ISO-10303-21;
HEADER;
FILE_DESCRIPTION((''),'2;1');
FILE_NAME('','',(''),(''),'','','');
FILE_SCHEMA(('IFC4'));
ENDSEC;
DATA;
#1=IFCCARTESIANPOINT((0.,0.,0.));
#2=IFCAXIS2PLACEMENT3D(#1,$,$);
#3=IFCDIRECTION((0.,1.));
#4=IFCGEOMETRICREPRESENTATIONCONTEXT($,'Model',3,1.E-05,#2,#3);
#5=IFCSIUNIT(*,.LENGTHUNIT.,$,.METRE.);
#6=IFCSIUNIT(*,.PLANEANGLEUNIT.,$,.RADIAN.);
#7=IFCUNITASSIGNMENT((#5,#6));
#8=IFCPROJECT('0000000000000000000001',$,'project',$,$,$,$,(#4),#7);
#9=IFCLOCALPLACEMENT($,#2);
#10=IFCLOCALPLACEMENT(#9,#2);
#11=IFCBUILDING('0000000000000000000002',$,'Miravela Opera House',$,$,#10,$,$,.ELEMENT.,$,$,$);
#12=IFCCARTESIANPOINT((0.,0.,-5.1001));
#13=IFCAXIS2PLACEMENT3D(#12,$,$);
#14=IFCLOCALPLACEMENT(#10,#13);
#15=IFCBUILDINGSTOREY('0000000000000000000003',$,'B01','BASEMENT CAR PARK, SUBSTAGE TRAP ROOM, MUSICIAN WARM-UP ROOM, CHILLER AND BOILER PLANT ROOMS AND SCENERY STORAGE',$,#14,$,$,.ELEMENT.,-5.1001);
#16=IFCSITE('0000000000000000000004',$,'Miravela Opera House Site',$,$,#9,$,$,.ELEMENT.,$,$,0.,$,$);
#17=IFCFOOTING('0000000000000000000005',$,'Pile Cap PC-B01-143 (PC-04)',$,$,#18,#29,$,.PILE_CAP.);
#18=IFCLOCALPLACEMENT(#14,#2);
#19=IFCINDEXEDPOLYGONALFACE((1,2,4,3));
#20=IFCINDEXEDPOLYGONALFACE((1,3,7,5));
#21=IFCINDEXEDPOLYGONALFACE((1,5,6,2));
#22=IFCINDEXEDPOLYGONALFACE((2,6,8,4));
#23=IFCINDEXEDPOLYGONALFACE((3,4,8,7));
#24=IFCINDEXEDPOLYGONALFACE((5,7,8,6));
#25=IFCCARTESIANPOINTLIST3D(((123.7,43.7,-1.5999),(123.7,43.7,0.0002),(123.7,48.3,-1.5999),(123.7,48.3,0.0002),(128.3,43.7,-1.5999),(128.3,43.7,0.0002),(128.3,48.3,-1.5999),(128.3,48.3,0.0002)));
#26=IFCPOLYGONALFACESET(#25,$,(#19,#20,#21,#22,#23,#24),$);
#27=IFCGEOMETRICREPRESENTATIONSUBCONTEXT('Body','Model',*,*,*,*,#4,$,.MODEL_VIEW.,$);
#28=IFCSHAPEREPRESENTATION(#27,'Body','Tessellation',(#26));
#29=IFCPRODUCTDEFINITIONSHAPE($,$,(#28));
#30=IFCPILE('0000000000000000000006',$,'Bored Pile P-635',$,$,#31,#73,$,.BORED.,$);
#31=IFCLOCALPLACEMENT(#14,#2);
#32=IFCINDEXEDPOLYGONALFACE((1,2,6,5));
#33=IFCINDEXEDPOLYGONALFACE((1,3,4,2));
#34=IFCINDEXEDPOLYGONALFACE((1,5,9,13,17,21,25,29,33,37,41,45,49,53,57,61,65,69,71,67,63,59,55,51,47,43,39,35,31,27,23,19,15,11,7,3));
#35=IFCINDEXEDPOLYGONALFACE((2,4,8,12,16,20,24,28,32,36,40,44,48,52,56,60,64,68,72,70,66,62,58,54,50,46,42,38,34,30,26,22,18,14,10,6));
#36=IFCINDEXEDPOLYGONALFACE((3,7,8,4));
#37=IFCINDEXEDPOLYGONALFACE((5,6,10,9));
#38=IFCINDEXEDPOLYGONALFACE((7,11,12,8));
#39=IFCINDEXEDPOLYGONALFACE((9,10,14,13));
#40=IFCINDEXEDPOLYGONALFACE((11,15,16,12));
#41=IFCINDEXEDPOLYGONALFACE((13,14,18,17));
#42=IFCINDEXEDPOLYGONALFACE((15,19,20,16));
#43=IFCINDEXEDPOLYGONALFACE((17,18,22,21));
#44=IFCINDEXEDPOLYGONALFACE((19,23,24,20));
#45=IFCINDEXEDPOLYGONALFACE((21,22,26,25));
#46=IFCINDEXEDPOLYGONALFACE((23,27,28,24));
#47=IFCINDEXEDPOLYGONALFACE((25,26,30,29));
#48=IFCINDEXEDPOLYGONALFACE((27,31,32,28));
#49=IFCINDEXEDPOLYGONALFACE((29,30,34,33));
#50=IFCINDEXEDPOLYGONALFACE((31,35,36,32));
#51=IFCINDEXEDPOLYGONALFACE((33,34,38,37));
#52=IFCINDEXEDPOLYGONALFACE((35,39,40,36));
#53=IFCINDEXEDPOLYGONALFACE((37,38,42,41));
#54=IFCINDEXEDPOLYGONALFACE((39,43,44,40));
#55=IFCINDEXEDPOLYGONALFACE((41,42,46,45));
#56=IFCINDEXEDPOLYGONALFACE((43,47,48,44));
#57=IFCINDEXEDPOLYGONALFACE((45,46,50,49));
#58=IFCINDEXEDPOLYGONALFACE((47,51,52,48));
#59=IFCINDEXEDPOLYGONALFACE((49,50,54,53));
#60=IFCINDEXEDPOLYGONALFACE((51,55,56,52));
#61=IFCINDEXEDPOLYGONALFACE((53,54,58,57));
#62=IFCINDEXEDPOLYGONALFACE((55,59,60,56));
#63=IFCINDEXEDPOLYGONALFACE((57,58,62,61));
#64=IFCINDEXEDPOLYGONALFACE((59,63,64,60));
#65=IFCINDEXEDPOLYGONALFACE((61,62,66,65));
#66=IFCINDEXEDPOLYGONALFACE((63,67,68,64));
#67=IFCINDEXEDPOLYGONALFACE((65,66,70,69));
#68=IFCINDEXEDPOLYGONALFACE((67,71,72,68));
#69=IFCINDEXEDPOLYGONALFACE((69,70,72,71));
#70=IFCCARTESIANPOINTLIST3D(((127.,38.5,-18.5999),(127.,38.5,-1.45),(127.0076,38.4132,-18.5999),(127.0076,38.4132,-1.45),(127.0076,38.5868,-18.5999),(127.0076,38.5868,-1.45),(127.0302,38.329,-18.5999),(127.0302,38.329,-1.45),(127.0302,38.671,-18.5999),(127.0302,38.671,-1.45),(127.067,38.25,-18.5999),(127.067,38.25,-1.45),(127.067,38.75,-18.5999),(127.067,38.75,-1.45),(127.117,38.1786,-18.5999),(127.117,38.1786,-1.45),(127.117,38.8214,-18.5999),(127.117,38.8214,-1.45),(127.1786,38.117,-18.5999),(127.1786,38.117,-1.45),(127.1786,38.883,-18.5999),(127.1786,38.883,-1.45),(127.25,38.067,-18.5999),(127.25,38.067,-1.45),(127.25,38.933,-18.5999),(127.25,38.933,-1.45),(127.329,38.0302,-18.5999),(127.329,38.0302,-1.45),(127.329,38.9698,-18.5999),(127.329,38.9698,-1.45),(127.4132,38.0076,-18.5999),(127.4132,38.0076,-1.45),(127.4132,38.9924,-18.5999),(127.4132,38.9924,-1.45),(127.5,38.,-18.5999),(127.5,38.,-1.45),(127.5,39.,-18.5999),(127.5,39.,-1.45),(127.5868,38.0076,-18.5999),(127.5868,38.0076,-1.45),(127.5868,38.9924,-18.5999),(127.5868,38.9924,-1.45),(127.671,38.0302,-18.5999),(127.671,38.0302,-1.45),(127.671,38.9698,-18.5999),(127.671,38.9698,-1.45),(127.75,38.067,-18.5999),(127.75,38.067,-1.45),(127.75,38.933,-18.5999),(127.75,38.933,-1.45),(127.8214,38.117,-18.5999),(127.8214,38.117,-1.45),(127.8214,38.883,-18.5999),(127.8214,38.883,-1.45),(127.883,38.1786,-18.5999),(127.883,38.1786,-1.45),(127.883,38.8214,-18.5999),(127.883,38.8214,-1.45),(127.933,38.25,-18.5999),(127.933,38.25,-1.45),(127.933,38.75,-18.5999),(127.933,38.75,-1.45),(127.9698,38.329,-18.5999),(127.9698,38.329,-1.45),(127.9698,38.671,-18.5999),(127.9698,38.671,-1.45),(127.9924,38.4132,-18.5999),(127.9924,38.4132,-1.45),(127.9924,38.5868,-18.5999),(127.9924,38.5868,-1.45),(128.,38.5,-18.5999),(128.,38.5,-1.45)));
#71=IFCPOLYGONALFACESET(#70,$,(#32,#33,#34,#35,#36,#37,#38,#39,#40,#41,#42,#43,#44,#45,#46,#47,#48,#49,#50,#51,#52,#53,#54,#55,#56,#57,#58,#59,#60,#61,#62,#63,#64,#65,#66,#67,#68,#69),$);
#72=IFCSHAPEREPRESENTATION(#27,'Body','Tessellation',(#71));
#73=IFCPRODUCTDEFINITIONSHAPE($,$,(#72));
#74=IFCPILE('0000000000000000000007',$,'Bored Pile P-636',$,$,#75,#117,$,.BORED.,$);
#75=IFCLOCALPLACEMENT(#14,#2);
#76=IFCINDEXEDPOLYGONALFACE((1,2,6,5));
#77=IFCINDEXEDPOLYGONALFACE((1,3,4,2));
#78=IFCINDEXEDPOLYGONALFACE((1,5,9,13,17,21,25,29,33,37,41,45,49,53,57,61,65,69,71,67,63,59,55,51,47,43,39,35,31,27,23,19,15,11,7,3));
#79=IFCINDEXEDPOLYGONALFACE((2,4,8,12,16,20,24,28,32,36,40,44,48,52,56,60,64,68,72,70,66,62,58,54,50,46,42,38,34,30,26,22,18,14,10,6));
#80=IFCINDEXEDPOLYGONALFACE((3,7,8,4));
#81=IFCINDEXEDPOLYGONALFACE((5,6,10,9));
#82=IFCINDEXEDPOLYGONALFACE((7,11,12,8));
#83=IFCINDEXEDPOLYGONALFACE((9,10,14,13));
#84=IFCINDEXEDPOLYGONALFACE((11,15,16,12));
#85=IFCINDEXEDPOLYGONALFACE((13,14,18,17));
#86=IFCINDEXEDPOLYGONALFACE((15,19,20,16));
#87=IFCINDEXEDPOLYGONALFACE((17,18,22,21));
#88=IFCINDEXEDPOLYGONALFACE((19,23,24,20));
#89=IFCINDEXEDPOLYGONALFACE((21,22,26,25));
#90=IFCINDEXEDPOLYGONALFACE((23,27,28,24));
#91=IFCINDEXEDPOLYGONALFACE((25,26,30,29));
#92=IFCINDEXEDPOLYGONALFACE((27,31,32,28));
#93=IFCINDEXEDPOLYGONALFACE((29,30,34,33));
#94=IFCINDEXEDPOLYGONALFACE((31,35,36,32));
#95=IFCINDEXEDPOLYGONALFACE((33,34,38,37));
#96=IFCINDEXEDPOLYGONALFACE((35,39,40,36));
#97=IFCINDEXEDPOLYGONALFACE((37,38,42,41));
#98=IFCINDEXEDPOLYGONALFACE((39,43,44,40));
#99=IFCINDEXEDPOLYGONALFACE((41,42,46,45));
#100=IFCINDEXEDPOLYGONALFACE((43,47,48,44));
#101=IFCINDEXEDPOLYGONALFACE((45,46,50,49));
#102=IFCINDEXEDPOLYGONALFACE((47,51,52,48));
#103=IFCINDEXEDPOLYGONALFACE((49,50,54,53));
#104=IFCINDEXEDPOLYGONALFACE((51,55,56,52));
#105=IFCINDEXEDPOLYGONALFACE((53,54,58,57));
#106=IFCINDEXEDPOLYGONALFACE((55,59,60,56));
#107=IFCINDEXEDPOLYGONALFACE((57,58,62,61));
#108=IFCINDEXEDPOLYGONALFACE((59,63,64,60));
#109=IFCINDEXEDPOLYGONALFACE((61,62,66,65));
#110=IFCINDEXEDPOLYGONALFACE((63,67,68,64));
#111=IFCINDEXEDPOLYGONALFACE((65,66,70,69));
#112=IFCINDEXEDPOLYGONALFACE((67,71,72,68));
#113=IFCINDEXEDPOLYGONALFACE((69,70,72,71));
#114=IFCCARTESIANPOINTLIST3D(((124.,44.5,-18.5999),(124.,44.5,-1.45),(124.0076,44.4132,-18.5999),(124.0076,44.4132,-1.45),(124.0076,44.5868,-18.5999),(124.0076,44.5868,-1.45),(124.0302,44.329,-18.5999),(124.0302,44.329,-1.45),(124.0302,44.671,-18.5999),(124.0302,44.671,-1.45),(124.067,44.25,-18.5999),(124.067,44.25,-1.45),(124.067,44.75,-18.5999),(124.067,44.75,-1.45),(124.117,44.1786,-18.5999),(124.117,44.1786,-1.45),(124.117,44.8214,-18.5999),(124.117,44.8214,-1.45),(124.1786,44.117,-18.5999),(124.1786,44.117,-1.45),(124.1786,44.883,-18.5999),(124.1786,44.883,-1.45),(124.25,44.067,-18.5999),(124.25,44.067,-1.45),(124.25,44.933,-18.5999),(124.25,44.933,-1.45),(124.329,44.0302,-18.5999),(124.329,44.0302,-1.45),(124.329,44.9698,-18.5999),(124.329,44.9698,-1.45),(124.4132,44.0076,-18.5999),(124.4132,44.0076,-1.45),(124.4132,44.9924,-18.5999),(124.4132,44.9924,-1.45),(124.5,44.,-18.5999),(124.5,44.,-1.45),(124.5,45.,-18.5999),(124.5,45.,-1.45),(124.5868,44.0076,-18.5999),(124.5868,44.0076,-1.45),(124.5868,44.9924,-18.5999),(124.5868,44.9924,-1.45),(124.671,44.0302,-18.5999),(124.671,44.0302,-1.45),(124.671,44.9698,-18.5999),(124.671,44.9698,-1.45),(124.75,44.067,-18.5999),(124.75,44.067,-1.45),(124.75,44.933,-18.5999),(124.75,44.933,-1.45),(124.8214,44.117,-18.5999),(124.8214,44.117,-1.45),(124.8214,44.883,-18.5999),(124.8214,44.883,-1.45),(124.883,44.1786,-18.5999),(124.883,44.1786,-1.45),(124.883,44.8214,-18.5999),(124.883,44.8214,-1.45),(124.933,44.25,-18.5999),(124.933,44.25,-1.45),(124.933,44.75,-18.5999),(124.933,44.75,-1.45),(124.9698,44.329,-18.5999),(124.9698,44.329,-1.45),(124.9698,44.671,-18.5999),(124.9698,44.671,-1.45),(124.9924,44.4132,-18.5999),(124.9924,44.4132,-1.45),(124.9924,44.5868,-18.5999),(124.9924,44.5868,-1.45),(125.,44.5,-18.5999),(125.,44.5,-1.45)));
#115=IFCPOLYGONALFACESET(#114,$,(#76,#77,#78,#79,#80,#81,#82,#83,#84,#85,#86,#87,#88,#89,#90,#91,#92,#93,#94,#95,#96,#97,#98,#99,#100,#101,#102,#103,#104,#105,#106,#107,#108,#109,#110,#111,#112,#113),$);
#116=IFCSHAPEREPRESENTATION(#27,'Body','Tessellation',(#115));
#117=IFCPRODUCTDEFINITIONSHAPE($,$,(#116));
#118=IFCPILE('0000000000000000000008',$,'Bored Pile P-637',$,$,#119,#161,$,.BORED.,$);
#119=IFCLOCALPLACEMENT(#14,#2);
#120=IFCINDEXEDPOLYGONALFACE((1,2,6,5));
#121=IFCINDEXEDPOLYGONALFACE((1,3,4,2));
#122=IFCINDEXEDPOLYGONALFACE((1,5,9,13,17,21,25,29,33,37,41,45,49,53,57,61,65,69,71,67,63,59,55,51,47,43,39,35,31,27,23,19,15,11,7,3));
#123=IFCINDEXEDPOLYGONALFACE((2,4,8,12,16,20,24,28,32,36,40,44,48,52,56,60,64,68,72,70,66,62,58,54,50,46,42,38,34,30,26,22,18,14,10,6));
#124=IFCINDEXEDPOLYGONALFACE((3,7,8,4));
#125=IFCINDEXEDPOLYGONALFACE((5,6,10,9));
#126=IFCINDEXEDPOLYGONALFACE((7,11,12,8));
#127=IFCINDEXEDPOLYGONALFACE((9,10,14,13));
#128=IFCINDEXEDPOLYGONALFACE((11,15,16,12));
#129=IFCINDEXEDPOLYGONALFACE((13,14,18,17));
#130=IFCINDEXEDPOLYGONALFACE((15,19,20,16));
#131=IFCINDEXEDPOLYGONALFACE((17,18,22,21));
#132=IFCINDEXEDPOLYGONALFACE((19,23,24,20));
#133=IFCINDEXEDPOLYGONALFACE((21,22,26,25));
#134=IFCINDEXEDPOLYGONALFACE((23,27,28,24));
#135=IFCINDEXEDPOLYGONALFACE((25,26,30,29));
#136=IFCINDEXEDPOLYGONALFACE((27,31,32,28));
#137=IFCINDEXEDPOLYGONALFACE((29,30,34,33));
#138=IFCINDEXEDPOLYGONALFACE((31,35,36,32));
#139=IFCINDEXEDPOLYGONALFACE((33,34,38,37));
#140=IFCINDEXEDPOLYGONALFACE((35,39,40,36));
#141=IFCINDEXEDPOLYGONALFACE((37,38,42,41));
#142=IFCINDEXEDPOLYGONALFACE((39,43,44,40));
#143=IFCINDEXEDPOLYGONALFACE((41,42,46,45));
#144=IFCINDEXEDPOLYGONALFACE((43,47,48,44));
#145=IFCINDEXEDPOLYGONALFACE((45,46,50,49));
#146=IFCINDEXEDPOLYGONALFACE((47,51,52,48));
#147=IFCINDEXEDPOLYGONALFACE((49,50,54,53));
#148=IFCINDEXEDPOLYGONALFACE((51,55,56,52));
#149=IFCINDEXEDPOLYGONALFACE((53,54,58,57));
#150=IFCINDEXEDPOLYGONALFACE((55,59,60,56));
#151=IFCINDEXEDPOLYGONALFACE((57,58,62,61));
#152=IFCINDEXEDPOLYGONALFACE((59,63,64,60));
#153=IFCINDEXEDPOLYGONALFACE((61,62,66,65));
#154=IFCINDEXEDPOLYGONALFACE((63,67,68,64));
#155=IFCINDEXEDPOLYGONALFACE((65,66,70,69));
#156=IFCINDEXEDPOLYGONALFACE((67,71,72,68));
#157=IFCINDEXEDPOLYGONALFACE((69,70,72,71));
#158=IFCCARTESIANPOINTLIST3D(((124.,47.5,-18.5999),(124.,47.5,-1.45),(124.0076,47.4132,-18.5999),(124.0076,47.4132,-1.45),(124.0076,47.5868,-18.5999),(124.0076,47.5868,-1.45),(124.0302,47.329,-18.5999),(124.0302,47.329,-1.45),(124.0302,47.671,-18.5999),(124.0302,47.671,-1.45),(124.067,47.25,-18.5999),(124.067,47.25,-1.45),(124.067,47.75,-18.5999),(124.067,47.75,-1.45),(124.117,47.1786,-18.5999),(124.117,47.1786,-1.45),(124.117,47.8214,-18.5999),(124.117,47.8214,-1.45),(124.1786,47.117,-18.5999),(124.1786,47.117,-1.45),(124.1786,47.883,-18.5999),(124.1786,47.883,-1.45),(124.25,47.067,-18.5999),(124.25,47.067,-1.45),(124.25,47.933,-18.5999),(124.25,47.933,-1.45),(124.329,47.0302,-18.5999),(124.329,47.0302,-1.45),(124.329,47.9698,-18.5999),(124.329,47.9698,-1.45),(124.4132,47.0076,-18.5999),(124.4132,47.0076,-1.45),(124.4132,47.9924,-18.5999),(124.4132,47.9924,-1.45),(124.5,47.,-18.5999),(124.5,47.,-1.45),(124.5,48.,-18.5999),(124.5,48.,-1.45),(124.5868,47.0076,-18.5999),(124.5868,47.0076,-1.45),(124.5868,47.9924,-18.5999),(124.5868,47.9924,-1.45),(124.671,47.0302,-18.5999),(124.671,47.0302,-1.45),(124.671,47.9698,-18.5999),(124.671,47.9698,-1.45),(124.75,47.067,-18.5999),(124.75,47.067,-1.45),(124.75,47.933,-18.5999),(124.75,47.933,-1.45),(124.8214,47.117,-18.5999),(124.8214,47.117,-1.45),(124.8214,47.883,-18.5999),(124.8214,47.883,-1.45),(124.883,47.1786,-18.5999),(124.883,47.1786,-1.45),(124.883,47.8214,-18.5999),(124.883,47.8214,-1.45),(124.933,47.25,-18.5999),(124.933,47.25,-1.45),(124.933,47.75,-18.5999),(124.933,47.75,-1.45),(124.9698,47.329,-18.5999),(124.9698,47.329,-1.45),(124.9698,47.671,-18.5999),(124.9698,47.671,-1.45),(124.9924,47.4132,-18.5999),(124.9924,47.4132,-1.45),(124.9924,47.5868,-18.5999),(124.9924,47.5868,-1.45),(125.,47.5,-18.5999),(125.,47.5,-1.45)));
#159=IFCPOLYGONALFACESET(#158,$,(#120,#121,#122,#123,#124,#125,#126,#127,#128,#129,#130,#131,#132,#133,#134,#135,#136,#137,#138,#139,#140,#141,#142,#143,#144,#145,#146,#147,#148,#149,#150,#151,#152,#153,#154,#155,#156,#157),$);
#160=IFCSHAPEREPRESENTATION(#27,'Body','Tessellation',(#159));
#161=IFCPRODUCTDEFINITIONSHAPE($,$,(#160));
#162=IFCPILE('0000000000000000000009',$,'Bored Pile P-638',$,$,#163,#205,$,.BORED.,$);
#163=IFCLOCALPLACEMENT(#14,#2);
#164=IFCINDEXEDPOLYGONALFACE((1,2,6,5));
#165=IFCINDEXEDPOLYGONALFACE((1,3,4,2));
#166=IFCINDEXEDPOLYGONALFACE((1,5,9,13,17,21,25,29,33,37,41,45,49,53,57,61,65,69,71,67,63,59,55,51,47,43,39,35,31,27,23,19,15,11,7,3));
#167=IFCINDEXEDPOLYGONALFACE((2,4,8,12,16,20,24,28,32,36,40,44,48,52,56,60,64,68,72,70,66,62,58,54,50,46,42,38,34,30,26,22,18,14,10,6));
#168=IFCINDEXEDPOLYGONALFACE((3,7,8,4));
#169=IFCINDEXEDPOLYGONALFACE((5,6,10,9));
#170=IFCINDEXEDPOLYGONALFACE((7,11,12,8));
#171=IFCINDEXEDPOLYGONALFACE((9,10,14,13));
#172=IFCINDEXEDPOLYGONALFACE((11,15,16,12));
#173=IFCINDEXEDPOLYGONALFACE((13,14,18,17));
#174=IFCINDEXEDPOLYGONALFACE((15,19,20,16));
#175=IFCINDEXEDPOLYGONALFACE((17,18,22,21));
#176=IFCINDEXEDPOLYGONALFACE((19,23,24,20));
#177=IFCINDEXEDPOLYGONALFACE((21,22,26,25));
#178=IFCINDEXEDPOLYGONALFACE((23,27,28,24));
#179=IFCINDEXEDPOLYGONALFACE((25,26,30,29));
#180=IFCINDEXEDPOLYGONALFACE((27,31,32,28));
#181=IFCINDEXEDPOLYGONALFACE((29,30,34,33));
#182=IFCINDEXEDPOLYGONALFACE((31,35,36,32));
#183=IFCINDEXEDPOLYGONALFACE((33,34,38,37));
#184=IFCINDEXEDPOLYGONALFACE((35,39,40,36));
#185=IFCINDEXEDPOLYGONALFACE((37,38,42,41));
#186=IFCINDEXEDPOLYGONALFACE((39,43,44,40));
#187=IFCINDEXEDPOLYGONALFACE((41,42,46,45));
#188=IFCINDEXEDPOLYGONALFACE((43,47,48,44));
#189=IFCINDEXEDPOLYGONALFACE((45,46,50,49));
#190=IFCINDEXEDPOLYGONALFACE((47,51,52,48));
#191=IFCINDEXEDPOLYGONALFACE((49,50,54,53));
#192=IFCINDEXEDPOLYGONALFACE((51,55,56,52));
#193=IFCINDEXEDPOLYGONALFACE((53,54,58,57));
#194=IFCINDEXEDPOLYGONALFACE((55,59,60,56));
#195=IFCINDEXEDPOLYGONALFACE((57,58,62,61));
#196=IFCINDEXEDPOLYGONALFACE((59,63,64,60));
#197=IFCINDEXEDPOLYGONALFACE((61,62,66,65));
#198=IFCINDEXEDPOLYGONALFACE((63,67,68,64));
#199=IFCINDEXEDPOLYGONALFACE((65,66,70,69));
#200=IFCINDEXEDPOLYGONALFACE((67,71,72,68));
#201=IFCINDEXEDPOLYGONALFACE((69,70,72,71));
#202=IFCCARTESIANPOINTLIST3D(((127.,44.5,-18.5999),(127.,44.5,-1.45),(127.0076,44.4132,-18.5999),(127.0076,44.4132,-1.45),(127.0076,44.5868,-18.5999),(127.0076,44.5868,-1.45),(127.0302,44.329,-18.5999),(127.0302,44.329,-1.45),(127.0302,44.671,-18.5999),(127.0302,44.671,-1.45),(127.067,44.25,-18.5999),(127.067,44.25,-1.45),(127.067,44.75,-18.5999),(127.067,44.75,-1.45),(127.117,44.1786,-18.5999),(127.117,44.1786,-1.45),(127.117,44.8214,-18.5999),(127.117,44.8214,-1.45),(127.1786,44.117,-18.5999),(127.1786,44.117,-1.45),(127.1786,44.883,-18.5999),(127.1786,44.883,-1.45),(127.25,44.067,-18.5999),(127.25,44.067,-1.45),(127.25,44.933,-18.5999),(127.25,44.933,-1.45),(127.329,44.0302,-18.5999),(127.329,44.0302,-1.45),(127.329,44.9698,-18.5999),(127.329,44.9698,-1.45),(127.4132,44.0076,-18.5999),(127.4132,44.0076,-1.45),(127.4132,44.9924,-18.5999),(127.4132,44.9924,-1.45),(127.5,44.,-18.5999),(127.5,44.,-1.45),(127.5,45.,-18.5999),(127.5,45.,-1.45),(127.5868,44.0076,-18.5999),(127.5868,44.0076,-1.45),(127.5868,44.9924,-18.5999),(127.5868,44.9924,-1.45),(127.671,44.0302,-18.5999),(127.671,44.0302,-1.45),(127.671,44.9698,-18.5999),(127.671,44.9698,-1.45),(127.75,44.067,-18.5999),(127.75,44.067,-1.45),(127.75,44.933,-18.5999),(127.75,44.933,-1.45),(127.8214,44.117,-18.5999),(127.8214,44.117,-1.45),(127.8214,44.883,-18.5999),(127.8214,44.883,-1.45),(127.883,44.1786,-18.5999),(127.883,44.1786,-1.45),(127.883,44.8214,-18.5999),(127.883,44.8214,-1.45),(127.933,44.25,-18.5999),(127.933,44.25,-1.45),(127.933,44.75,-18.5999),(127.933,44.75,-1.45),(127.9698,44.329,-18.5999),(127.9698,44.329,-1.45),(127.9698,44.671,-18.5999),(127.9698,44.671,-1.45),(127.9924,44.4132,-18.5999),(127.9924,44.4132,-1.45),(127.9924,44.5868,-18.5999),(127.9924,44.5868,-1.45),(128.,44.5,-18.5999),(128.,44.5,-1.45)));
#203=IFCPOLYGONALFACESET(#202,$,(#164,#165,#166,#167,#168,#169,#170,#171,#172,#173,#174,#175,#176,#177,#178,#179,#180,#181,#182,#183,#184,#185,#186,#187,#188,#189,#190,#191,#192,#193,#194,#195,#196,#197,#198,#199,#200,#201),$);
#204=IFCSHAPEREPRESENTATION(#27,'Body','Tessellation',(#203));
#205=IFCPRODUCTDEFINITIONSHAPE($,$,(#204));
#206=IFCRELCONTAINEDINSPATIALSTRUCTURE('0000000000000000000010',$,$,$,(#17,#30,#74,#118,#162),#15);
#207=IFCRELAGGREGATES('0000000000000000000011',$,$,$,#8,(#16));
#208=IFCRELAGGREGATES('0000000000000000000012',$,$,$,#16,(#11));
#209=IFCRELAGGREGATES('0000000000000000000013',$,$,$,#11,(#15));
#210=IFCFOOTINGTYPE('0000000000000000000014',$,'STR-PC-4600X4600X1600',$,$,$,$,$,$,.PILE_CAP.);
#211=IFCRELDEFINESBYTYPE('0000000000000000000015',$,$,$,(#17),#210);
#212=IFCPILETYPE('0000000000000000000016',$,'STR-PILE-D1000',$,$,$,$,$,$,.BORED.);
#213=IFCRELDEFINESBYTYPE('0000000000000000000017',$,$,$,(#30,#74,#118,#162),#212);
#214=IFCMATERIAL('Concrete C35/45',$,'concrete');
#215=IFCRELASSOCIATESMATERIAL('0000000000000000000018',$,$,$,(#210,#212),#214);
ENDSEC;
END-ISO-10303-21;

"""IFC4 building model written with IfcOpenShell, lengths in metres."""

from ifc_helpers import new_model, si_unit, direction, frame, origin, origin_2d, place, context, subcontext, project, spatial, rectangle, circle, extrude, material, material_profile, profile_set, type_object, element, save


model = new_model("IFC4")

# Units and contexts
model_context = context("Model", 3, precision=1e-05, world=origin(), true_north=direction((0.0, 1.0)))
body_context = subcontext(model_context, "Body", "Model", "MODEL_VIEW")
ifc_project = project(units=[si_unit("LENGTHUNIT", "METRE"), si_unit("PLANEANGLEUNIT", "RADIAN")], contexts=[model_context])

# Site, building, storey
site_placement = place(None, origin())
site = spatial("IfcSite", under=ifc_project, at=site_placement, Name="Miravela Opera House Site", CompositionType="ELEMENT", RefElevation=0.0)
building_placement = place(site_placement, origin())
building = spatial("IfcBuilding", under=site, at=building_placement, Name="Miravela Opera House", CompositionType="ELEMENT")
storey_placement = place(building_placement, frame((0.0, 0.0, -5.1001)))
storey = spatial("IfcBuildingStorey", under=building, at=storey_placement, Name="B01", Description="BASEMENT CAR PARK, SUBSTAGE TRAP ROOM, MUSICIAN WARM-UP ROOM, CHILLER AND BOILER PLANT ROOMS AND SCENERY STORAGE", CompositionType="ELEMENT", Elevation=-5.1001)

# Footing
ifc_material_1 = material(Name="Concrete C35/45", Category="concrete")
footing_type = type_object("IfcFootingType", Name="STR-PC-4600X4600X1600", PredefinedType="PILE_CAP", material=ifc_material_1)
footing_placement = place(storey_placement, frame((126.0, 46.0, -1.5999), z_axis=(0.0, 0.0, 1.0), x_axis=(1.0, 0.0, 0.0)))
element("IfcFooting", 1, at=footing_placement, inside=storey, type_object=footing_type, Name="Pile Cap PC-B01-143 (PC-04)", PredefinedType="PILE_CAP", context=body_context, shape_type="SweptSolid", body=[
    extrude(rectangle(XDim=4.6001, YDim=4.6001, at=origin_2d()), origin(), (0.0, 0.0, 1.0), 1.6001),
])

# Piles
ifc_material_profile_1 = material_profile(ifc_material_1, circle(Radius=0.5, at=origin_2d()), Name="PILE-D1000")
ifc_profile_set_1 = profile_set([ifc_material_profile_1])
pile_type_1 = type_object("IfcPileType", Name="STR-PILE-D1000", PredefinedType="BORED", material=ifc_profile_set_1)
for number, where, z_axis, x_axis, name in (
    (2, (127.5, 38.5, -1.45), (0.0, 0.0, -1.0), (1.0, 0.0, 0.0), "Bored Pile P-635"),
    (3, (124.5, 44.5, -1.45), (0.0, 0.0, -1.0), (1.0, 0.0, 0.0), "Bored Pile P-636"),
    (4, (124.5, 47.5, -1.45), (0.0, 0.0, -1.0), (1.0, 0.0, 0.0), "Bored Pile P-637"),
    (5, (127.5, 44.5, -1.45), (0.0, 0.0, -1.0), (1.0, 0.0, 0.0), "Bored Pile P-638"),
):
    element("IfcPile", number, at=place(storey_placement, frame(where, z_axis=z_axis, x_axis=x_axis)), inside=storey, type_object=pile_type_1, Name=name, PredefinedType="BORED", context=body_context, shape_type="SweptSolid", body=[
        extrude(circle(Radius=0.5, at=origin_2d()), origin(), (0.0, 0.0, 1.0), 17.1499),
    ])

save(model, "model.ifc")
